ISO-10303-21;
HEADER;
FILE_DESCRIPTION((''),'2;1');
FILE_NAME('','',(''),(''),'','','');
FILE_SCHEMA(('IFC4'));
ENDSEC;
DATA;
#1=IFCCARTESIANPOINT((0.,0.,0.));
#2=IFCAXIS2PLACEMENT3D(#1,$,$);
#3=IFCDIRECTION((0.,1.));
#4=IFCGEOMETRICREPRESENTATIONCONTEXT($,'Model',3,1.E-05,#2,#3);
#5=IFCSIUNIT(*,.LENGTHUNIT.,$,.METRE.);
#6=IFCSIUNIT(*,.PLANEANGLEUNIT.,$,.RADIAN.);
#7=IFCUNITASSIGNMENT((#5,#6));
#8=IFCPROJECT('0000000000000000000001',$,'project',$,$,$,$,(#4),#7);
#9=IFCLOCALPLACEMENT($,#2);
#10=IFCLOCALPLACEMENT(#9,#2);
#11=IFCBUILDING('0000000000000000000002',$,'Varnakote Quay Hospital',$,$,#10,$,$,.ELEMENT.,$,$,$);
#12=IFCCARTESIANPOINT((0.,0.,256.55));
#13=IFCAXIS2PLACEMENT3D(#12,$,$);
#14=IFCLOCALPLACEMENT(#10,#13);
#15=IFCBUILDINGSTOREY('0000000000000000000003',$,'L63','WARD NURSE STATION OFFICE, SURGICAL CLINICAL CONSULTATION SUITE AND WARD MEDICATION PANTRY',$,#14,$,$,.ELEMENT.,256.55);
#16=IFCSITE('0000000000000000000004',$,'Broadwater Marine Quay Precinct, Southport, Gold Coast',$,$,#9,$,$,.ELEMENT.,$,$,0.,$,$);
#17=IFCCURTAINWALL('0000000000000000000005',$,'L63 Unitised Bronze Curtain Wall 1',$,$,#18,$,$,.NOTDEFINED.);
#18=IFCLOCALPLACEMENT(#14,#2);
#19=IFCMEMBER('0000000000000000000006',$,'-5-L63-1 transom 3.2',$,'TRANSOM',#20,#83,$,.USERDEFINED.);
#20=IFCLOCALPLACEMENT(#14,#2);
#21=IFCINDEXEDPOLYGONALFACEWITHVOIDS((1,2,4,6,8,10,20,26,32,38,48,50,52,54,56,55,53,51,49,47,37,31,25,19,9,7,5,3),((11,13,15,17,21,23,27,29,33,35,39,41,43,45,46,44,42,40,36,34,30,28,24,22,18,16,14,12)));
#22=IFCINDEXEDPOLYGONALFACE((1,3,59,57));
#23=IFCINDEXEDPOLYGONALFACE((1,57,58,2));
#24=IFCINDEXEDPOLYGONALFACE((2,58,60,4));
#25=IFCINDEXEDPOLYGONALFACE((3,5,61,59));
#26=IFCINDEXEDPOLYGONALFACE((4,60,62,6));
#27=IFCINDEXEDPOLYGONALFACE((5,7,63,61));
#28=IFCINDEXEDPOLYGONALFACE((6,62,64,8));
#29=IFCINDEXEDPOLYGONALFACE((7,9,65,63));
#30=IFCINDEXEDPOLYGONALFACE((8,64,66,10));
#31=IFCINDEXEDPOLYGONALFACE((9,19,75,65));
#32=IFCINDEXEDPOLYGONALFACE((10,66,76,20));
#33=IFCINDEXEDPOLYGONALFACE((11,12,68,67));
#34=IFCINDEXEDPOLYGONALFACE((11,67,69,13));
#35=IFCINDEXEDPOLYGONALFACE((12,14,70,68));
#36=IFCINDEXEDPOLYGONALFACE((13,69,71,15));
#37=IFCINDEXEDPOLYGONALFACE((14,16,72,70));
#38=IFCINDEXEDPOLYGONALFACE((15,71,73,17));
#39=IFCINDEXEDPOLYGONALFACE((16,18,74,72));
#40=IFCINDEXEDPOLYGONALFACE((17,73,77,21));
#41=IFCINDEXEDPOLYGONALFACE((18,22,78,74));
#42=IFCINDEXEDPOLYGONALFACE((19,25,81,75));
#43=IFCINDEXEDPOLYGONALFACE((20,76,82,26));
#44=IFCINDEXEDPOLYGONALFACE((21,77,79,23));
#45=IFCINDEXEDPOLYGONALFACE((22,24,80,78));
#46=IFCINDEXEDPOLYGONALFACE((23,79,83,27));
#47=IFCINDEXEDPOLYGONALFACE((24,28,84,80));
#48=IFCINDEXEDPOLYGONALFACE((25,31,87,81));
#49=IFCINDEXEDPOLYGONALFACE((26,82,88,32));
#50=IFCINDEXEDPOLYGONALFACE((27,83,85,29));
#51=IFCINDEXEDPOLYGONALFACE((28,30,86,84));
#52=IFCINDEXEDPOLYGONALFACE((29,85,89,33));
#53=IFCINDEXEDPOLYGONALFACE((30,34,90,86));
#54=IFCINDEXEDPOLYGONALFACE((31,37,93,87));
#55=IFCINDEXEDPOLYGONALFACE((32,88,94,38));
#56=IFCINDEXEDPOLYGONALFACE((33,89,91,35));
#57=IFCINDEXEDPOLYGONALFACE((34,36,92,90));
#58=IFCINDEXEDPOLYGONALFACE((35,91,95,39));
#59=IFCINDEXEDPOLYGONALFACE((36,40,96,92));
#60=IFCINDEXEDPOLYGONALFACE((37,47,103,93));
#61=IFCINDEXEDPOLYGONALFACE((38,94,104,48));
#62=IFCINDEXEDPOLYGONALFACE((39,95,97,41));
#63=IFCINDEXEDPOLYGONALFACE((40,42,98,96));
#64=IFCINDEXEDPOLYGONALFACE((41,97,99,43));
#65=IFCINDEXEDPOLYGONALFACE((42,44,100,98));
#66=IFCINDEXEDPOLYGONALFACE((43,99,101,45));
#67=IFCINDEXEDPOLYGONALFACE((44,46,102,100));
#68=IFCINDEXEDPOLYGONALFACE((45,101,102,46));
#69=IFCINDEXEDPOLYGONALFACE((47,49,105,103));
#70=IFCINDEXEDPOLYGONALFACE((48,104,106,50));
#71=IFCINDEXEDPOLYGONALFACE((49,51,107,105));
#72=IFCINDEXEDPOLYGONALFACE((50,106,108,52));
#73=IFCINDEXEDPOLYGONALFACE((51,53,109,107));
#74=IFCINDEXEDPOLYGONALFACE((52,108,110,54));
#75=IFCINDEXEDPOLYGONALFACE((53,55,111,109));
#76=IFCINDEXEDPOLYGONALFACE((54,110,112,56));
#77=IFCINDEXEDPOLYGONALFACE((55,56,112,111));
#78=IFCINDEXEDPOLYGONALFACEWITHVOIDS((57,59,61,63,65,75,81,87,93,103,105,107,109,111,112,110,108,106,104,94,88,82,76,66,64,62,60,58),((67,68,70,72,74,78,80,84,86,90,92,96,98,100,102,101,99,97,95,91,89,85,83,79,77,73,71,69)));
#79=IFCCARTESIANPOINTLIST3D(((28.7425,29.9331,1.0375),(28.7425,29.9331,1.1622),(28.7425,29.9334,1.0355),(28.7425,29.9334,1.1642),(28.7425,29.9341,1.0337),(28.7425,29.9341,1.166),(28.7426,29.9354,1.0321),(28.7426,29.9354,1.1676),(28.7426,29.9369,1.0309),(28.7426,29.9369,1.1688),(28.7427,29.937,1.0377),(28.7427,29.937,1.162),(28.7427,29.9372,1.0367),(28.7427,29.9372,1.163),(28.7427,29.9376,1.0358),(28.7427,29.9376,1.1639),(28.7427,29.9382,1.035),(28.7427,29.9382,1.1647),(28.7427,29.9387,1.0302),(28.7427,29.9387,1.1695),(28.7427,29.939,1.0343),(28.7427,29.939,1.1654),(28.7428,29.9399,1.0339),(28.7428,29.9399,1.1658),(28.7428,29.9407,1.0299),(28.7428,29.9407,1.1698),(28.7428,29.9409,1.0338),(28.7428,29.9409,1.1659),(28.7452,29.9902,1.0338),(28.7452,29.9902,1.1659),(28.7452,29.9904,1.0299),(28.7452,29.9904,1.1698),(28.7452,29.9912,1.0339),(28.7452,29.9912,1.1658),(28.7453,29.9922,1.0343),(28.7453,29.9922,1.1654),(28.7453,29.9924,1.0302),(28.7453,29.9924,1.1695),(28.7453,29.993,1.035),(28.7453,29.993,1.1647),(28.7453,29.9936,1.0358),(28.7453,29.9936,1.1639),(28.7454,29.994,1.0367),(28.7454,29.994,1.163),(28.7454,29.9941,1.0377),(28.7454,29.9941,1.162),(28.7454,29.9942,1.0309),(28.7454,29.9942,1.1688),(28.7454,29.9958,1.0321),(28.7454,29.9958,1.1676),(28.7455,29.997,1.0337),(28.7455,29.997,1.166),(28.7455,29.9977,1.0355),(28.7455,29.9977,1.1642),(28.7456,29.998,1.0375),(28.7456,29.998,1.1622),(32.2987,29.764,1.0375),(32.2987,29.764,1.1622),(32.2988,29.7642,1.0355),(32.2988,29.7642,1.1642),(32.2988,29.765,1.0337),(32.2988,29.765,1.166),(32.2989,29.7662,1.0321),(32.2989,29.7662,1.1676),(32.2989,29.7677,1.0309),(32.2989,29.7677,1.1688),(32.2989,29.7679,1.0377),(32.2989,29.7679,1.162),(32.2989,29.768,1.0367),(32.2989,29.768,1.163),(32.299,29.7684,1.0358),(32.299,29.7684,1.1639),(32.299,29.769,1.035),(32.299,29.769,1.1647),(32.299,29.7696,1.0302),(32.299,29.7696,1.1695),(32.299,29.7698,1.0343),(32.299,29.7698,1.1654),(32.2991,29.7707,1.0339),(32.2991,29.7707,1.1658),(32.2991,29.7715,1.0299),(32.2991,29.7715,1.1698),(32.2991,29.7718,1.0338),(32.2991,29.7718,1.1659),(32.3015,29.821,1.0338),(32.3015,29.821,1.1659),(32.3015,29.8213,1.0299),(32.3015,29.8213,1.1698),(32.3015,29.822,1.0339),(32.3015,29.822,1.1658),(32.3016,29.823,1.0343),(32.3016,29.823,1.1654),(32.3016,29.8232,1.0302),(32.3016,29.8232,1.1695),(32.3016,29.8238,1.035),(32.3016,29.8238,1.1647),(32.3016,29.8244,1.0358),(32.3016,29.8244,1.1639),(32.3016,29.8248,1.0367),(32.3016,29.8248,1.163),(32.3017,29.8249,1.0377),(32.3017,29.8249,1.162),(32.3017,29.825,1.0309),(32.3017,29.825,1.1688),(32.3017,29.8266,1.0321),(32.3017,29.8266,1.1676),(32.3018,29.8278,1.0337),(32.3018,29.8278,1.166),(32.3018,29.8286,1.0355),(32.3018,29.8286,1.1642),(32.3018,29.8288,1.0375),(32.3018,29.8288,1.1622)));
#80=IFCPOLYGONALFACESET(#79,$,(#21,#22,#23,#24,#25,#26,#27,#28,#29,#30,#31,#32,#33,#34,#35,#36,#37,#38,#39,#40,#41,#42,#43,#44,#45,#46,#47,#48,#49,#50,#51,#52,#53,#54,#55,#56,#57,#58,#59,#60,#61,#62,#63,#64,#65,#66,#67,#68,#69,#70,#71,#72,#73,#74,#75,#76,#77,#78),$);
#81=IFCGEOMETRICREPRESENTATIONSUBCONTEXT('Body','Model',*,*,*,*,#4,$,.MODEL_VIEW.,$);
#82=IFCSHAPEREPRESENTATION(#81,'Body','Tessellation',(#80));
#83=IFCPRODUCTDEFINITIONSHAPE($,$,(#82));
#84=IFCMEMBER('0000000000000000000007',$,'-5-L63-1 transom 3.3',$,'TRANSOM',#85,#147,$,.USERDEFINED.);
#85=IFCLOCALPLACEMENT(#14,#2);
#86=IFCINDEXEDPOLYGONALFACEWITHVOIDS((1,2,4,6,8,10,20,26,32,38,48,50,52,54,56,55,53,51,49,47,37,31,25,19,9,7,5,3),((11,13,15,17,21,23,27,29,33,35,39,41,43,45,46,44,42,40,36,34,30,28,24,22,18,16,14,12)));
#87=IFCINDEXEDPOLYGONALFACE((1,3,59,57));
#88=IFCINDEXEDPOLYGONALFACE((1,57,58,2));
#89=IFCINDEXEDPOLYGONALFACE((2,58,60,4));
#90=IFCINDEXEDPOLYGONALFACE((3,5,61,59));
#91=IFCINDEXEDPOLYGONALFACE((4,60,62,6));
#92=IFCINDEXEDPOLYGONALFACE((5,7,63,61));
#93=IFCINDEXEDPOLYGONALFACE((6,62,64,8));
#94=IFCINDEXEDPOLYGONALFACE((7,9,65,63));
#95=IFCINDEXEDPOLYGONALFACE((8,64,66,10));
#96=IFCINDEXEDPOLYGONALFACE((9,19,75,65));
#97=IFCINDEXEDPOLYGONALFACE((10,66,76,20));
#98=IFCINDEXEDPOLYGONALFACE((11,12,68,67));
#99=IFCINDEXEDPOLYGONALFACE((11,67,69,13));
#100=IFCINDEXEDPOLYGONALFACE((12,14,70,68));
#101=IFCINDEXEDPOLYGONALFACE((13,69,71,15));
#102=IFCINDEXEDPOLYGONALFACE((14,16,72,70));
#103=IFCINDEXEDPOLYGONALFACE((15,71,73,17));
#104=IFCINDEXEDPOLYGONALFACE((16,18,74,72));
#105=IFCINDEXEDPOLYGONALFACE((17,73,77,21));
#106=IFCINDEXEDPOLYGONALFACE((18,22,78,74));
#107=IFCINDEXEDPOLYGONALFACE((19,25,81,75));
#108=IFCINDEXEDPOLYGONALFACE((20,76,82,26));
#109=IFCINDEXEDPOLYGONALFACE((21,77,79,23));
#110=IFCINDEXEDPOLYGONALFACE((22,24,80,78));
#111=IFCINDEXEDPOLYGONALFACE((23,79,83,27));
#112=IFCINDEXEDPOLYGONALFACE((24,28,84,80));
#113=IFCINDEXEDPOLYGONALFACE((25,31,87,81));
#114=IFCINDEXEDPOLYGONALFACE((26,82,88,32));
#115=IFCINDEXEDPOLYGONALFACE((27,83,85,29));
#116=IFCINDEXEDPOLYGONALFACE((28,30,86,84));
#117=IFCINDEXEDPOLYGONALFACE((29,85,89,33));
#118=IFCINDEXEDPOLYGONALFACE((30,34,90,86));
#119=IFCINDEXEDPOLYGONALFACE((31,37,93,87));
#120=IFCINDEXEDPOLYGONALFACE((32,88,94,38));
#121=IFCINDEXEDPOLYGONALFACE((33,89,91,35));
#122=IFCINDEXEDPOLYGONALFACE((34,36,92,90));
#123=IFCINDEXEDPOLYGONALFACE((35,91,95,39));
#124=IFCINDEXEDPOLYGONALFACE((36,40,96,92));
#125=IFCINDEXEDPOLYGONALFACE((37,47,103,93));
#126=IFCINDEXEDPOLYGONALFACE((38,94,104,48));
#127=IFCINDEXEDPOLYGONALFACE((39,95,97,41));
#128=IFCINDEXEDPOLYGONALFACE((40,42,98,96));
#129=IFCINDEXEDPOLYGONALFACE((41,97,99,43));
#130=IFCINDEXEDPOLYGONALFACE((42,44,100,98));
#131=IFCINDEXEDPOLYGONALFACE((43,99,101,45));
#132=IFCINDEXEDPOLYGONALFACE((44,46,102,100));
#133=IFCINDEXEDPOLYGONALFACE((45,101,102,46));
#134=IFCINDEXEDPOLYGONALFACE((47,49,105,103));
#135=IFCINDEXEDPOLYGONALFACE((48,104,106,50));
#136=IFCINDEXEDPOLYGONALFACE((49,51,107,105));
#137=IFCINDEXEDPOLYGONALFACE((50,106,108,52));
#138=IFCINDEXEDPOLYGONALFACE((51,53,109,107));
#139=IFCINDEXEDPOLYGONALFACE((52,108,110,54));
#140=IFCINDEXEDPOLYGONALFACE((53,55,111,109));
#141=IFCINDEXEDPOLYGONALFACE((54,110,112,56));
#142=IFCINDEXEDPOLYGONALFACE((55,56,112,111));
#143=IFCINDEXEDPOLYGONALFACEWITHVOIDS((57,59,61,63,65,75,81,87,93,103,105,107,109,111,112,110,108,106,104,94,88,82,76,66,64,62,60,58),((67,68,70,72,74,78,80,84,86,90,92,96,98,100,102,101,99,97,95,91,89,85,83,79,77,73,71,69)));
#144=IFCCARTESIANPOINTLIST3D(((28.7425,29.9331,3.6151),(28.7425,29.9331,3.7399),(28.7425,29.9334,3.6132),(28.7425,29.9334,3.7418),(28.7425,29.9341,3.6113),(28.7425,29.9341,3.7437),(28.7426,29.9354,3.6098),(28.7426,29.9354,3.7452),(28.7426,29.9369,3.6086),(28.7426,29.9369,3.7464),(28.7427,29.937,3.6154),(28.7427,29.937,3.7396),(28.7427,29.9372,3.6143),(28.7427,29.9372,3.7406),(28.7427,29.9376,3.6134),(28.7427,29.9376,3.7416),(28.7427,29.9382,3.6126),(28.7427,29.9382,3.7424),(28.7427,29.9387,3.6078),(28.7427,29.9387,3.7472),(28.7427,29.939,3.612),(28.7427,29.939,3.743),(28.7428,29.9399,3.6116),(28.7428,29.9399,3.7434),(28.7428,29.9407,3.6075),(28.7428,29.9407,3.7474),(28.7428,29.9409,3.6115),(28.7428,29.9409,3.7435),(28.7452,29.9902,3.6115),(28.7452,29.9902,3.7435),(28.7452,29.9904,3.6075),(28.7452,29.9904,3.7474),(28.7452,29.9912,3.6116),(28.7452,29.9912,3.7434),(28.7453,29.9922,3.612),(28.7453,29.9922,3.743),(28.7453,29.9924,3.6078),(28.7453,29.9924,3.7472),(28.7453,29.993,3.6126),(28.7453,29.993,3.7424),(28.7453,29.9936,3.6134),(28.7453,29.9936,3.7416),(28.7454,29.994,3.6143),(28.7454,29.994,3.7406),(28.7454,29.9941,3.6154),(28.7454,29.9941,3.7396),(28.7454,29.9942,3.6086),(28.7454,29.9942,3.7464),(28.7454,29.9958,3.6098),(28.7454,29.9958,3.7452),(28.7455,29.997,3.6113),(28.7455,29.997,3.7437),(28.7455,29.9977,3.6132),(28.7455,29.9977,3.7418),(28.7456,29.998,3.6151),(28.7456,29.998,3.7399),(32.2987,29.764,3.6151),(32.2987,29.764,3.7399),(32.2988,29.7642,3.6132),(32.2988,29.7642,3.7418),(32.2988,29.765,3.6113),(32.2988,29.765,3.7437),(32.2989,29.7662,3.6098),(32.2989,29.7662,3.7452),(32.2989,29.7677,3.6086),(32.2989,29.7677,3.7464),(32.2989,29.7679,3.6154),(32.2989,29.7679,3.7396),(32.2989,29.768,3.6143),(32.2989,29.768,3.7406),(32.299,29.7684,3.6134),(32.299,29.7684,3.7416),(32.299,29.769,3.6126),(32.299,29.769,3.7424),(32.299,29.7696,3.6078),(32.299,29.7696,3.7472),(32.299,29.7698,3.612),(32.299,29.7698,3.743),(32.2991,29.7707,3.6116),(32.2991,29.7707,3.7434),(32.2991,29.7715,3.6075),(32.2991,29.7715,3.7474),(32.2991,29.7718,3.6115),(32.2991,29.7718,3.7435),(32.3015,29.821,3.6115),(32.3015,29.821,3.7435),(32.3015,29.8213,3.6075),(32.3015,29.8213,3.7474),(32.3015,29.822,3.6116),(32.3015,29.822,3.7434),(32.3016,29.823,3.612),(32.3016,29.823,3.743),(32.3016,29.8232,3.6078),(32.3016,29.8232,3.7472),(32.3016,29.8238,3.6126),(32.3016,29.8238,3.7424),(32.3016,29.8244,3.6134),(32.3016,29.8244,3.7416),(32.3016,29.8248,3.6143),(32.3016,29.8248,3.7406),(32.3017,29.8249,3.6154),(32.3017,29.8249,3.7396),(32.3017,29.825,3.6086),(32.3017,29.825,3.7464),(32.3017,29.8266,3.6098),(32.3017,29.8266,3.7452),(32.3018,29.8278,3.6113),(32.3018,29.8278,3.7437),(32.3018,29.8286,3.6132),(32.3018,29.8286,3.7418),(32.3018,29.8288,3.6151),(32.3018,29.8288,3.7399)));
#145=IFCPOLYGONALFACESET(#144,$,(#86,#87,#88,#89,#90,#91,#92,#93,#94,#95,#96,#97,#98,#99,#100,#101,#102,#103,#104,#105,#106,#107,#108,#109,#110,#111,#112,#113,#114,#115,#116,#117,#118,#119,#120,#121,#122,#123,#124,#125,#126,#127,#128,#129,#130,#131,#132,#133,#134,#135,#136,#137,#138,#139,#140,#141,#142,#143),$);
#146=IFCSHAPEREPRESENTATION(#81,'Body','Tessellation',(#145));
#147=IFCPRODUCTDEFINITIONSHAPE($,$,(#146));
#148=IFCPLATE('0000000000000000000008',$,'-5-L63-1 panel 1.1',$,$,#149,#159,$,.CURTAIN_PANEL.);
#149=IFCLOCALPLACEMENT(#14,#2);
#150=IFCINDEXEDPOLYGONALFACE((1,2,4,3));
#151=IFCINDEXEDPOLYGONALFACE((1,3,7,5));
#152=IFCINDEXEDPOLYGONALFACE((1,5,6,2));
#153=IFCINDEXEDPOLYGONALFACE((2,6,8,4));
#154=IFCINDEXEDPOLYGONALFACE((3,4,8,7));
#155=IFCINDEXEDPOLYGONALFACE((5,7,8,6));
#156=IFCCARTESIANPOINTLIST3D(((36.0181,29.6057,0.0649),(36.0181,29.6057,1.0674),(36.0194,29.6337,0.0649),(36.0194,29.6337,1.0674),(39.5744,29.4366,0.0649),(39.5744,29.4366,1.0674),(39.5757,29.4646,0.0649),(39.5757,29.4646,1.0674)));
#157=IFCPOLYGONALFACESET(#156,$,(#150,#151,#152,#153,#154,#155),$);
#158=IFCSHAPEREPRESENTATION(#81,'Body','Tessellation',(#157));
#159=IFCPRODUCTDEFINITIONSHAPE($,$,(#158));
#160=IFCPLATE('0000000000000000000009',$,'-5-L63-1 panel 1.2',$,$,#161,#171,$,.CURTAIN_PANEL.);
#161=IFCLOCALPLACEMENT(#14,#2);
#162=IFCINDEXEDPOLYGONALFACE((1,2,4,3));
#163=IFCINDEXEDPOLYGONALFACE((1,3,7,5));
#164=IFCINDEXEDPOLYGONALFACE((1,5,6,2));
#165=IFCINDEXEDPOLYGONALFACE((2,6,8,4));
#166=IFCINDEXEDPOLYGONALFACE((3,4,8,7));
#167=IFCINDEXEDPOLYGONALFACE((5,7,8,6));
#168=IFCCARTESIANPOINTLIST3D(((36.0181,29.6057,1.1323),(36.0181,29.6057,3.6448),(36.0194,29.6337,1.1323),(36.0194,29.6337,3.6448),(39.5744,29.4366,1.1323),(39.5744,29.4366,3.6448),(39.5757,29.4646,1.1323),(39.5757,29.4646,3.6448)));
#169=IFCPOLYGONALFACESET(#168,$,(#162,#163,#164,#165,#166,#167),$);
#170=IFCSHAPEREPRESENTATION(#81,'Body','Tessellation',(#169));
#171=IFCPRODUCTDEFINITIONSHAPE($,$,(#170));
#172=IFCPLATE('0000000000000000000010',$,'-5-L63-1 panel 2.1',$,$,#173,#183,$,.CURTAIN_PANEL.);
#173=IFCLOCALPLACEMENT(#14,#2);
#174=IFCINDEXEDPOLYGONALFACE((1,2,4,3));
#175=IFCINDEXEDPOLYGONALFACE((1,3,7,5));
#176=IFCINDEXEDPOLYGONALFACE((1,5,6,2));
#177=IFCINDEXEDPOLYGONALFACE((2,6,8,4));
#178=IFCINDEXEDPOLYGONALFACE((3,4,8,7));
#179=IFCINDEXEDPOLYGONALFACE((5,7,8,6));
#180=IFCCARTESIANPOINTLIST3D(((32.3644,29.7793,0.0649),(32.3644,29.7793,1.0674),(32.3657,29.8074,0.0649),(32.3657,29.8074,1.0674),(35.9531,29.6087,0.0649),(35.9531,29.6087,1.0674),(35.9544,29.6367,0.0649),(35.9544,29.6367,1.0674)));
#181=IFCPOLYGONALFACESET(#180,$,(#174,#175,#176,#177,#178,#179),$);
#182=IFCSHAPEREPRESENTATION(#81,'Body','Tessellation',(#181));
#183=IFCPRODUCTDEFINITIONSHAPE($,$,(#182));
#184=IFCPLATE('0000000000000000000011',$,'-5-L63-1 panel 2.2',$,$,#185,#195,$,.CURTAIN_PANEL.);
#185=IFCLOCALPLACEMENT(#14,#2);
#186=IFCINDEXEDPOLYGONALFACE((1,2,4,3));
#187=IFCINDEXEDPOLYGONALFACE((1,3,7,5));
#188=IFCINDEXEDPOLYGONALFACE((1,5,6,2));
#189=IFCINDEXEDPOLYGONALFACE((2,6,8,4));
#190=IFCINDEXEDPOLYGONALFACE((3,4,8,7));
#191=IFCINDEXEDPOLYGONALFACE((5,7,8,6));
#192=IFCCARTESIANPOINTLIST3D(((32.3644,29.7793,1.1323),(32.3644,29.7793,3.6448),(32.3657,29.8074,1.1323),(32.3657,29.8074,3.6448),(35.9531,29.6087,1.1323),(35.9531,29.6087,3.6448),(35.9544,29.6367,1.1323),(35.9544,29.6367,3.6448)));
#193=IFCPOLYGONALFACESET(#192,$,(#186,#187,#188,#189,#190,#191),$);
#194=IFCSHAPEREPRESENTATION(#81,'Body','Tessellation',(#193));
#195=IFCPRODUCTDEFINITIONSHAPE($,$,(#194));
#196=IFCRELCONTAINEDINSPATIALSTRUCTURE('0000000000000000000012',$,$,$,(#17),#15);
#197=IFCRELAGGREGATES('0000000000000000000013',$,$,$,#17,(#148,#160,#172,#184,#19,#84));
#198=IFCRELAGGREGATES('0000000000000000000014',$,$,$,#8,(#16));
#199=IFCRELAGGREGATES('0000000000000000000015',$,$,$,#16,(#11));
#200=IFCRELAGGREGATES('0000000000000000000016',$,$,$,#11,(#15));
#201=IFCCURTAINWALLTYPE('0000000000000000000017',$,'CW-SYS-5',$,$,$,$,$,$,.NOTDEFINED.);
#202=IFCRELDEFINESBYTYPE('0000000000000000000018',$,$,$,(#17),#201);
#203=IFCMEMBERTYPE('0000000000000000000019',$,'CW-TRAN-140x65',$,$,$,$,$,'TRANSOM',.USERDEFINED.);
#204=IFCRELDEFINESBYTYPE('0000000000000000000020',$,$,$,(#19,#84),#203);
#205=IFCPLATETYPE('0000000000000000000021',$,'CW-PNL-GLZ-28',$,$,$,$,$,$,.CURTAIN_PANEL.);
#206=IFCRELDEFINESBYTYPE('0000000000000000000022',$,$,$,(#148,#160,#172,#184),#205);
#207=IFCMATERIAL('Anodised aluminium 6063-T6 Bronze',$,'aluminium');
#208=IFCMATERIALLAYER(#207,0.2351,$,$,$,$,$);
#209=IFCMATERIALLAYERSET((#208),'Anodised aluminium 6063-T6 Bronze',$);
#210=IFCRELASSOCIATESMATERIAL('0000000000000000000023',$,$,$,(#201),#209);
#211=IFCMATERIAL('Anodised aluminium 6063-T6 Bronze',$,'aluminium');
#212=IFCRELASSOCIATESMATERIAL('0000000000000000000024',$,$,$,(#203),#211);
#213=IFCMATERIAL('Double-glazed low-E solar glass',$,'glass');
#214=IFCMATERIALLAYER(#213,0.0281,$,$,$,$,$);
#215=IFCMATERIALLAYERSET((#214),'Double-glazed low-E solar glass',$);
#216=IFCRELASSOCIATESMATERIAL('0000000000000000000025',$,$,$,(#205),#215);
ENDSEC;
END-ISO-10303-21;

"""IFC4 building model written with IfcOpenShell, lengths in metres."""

from ifc_helpers import new_model, si_unit, direction, frame, origin, origin_2d, place, context, subcontext, project, spatial, rectangle, hollow_rectangle, extrude, material, layer, layer_set, material_profile, profile_set, type_object, element, aggregate, save


model = new_model("IFC4")

# Units and contexts
model_context = context("Model", 3, precision=1e-05, world=origin(), true_north=direction((0.0, 1.0)))
body_context = subcontext(model_context, "Body", "Model", "MODEL_VIEW")
ifc_project = project(units=[si_unit("LENGTHUNIT", "METRE"), si_unit("PLANEANGLEUNIT", "RADIAN")], contexts=[model_context])

# Site, building, storey
site_placement = place(None, origin())
site = spatial("IfcSite", under=ifc_project, at=site_placement, Name="Broadwater Marine Quay Precinct, Southport, Gold Coast", CompositionType="ELEMENT", RefElevation=0.0)
building_placement = place(site_placement, origin())
building = spatial("IfcBuilding", under=site, at=building_placement, Name="Varnakote Quay Hospital", CompositionType="ELEMENT")
storey_placement = place(building_placement, frame((0.0, 0.0, 256.55)))
storey = spatial("IfcBuildingStorey", under=building, at=storey_placement, Name="L63", Description="WARD NURSE STATION OFFICE, SURGICAL CLINICAL CONSULTATION SUITE AND WARD MEDICATION PANTRY", CompositionType="ELEMENT", Elevation=256.55)

# Curtain wall, members, plates
ifc_material_1 = material(Name="Anodised aluminium 6063-T6 Bronze", Category="aluminium")
ifc_layer_1 = layer(ifc_material_1, 0.2351)
ifc_layer_set_1 = layer_set([ifc_layer_1], Name="Anodised aluminium 6063-T6 Bronze")
curtain_wall_type = type_object("IfcCurtainWallType", Name="CW-SYS-5", PredefinedType="NOTDEFINED", material=ifc_layer_set_1)
curtain_wall_placement = place(storey_placement, origin())
curtain_wall = element("IfcCurtainWall", 1, at=curtain_wall_placement, inside=storey, type_object=curtain_wall_type, Name="L63 Unitised Bronze Curtain Wall 1", PredefinedType="NOTDEFINED")
ifc_material_2 = material(Name="Anodised aluminium 6063-T6 Bronze", Category="aluminium")
ifc_material_profile_1 = material_profile(ifc_material_2, hollow_rectangle(XDim=0.0649, YDim=0.1399, WallThickness=0.0039, InnerFilletRadius=0.0039, OuterFilletRadius=0.0076, at=origin_2d()), Name="CW-TRAN-140x65")
ifc_profile_set_1 = profile_set([ifc_material_profile_1], Name="Anodised aluminium 6063-T6 Bronze")
member_type_1 = type_object("IfcMemberType", Name="CW-TRAN-140x65", ElementType="TRANSOM", PredefinedType="USERDEFINED", material=ifc_profile_set_1)
member_1_placement = place(storey_placement, frame((32.3003, 29.7964, 1.0999), z_axis=(-0.99887, 0.04752, 0.0), x_axis=(-0.04752, -0.99887, 0.0)))
member_1 = element("IfcMember", 2, at=member_1_placement, type_object=member_type_1, Name="-5-L63-1 transom 3.2", ObjectType="TRANSOM", PredefinedType="USERDEFINED", context=body_context, shape_type="SweptSolid", body=[
    extrude(hollow_rectangle(XDim=0.0649, YDim=0.1399, WallThickness=0.0039, InnerFilletRadius=0.0039, OuterFilletRadius=0.0076, at=origin_2d()), origin(), (0.0, 0.0, 1.0), 3.5603),
])
member_2_placement = place(storey_placement, frame((32.3003, 29.7964, 3.6775), z_axis=(-0.99887, 0.04752, 0.0), x_axis=(-0.04752, -0.99887, 0.0)))
member_2 = element("IfcMember", 3, at=member_2_placement, type_object=member_type_1, Name="-5-L63-1 transom 3.3", ObjectType="TRANSOM", PredefinedType="USERDEFINED", context=body_context, shape_type="SweptSolid", body=[
    extrude(hollow_rectangle(XDim=0.0649, YDim=0.1399, WallThickness=0.0039, InnerFilletRadius=0.0039, OuterFilletRadius=0.0076, at=origin_2d()), origin(), (0.0, 0.0, 1.0), 3.5603),
])
ifc_material_3 = material(Name="Double-glazed low-E solar glass", Category="glass")
ifc_layer_2 = layer(ifc_material_3, 0.0281)
ifc_layer_set_2 = layer_set([ifc_layer_2], Name="Double-glazed low-E solar glass")
plate_type = type_object("IfcPlateType", Name="CW-PNL-GLZ-28", PredefinedType="CURTAIN_PANEL", material=ifc_layer_set_2)
plate_1_placement = place(storey_placement, frame((37.7969, 29.5352, 0.0649), z_axis=(0.0, 0.0, 1.0), x_axis=(-0.998871, 0.047497, 0.0)))
plate_1 = element("IfcPlate", 4, at=plate_1_placement, type_object=plate_type, Name="-5-L63-1 panel 1.1", PredefinedType="CURTAIN_PANEL", context=body_context, shape_type="SweptSolid", body=[
    extrude(rectangle(XDim=3.5603, YDim=0.0281, at=origin_2d()), origin(), (0.0, 0.0, 1.0), 1.0024),
])
plate_2_placement = place(storey_placement, frame((37.7969, 29.5352, 1.1323), z_axis=(0.0, 0.0, 1.0), x_axis=(-0.998871, 0.047497, 0.0)))
plate_2 = element("IfcPlate", 5, at=plate_2_placement, type_object=plate_type, Name="-5-L63-1 panel 1.2", PredefinedType="CURTAIN_PANEL", context=body_context, shape_type="SweptSolid", body=[
    extrude(rectangle(XDim=3.5603, YDim=0.0281, at=origin_2d()), origin(), (0.0, 0.0, 1.0), 2.5125),
])
plate_3_placement = place(storey_placement, frame((34.1594, 29.708, 0.0649), z_axis=(0.0, 0.0, 1.0), x_axis=(-0.998871, 0.047497, 0.0)))
plate_3 = element("IfcPlate", 6, at=plate_3_placement, type_object=plate_type, Name="-5-L63-1 panel 2.1", PredefinedType="CURTAIN_PANEL", context=body_context, shape_type="SweptSolid", body=[
    extrude(rectangle(XDim=3.5928, YDim=0.0281, at=origin_2d()), origin(), (0.0, 0.0, 1.0), 1.0024),
])
plate_4_placement = place(storey_placement, frame((34.1594, 29.708, 1.1323), z_axis=(0.0, 0.0, 1.0), x_axis=(-0.998871, 0.047497, 0.0)))
plate_4 = element("IfcPlate", 7, at=plate_4_placement, type_object=plate_type, Name="-5-L63-1 panel 2.2", PredefinedType="CURTAIN_PANEL", context=body_context, shape_type="SweptSolid", body=[
    extrude(rectangle(XDim=3.5928, YDim=0.0281, at=origin_2d()), origin(), (0.0, 0.0, 1.0), 2.5125),
])
aggregate(curtain_wall, [plate_1, plate_2, plate_3, plate_4, member_1, member_2])

save(model, "model.ifc")
